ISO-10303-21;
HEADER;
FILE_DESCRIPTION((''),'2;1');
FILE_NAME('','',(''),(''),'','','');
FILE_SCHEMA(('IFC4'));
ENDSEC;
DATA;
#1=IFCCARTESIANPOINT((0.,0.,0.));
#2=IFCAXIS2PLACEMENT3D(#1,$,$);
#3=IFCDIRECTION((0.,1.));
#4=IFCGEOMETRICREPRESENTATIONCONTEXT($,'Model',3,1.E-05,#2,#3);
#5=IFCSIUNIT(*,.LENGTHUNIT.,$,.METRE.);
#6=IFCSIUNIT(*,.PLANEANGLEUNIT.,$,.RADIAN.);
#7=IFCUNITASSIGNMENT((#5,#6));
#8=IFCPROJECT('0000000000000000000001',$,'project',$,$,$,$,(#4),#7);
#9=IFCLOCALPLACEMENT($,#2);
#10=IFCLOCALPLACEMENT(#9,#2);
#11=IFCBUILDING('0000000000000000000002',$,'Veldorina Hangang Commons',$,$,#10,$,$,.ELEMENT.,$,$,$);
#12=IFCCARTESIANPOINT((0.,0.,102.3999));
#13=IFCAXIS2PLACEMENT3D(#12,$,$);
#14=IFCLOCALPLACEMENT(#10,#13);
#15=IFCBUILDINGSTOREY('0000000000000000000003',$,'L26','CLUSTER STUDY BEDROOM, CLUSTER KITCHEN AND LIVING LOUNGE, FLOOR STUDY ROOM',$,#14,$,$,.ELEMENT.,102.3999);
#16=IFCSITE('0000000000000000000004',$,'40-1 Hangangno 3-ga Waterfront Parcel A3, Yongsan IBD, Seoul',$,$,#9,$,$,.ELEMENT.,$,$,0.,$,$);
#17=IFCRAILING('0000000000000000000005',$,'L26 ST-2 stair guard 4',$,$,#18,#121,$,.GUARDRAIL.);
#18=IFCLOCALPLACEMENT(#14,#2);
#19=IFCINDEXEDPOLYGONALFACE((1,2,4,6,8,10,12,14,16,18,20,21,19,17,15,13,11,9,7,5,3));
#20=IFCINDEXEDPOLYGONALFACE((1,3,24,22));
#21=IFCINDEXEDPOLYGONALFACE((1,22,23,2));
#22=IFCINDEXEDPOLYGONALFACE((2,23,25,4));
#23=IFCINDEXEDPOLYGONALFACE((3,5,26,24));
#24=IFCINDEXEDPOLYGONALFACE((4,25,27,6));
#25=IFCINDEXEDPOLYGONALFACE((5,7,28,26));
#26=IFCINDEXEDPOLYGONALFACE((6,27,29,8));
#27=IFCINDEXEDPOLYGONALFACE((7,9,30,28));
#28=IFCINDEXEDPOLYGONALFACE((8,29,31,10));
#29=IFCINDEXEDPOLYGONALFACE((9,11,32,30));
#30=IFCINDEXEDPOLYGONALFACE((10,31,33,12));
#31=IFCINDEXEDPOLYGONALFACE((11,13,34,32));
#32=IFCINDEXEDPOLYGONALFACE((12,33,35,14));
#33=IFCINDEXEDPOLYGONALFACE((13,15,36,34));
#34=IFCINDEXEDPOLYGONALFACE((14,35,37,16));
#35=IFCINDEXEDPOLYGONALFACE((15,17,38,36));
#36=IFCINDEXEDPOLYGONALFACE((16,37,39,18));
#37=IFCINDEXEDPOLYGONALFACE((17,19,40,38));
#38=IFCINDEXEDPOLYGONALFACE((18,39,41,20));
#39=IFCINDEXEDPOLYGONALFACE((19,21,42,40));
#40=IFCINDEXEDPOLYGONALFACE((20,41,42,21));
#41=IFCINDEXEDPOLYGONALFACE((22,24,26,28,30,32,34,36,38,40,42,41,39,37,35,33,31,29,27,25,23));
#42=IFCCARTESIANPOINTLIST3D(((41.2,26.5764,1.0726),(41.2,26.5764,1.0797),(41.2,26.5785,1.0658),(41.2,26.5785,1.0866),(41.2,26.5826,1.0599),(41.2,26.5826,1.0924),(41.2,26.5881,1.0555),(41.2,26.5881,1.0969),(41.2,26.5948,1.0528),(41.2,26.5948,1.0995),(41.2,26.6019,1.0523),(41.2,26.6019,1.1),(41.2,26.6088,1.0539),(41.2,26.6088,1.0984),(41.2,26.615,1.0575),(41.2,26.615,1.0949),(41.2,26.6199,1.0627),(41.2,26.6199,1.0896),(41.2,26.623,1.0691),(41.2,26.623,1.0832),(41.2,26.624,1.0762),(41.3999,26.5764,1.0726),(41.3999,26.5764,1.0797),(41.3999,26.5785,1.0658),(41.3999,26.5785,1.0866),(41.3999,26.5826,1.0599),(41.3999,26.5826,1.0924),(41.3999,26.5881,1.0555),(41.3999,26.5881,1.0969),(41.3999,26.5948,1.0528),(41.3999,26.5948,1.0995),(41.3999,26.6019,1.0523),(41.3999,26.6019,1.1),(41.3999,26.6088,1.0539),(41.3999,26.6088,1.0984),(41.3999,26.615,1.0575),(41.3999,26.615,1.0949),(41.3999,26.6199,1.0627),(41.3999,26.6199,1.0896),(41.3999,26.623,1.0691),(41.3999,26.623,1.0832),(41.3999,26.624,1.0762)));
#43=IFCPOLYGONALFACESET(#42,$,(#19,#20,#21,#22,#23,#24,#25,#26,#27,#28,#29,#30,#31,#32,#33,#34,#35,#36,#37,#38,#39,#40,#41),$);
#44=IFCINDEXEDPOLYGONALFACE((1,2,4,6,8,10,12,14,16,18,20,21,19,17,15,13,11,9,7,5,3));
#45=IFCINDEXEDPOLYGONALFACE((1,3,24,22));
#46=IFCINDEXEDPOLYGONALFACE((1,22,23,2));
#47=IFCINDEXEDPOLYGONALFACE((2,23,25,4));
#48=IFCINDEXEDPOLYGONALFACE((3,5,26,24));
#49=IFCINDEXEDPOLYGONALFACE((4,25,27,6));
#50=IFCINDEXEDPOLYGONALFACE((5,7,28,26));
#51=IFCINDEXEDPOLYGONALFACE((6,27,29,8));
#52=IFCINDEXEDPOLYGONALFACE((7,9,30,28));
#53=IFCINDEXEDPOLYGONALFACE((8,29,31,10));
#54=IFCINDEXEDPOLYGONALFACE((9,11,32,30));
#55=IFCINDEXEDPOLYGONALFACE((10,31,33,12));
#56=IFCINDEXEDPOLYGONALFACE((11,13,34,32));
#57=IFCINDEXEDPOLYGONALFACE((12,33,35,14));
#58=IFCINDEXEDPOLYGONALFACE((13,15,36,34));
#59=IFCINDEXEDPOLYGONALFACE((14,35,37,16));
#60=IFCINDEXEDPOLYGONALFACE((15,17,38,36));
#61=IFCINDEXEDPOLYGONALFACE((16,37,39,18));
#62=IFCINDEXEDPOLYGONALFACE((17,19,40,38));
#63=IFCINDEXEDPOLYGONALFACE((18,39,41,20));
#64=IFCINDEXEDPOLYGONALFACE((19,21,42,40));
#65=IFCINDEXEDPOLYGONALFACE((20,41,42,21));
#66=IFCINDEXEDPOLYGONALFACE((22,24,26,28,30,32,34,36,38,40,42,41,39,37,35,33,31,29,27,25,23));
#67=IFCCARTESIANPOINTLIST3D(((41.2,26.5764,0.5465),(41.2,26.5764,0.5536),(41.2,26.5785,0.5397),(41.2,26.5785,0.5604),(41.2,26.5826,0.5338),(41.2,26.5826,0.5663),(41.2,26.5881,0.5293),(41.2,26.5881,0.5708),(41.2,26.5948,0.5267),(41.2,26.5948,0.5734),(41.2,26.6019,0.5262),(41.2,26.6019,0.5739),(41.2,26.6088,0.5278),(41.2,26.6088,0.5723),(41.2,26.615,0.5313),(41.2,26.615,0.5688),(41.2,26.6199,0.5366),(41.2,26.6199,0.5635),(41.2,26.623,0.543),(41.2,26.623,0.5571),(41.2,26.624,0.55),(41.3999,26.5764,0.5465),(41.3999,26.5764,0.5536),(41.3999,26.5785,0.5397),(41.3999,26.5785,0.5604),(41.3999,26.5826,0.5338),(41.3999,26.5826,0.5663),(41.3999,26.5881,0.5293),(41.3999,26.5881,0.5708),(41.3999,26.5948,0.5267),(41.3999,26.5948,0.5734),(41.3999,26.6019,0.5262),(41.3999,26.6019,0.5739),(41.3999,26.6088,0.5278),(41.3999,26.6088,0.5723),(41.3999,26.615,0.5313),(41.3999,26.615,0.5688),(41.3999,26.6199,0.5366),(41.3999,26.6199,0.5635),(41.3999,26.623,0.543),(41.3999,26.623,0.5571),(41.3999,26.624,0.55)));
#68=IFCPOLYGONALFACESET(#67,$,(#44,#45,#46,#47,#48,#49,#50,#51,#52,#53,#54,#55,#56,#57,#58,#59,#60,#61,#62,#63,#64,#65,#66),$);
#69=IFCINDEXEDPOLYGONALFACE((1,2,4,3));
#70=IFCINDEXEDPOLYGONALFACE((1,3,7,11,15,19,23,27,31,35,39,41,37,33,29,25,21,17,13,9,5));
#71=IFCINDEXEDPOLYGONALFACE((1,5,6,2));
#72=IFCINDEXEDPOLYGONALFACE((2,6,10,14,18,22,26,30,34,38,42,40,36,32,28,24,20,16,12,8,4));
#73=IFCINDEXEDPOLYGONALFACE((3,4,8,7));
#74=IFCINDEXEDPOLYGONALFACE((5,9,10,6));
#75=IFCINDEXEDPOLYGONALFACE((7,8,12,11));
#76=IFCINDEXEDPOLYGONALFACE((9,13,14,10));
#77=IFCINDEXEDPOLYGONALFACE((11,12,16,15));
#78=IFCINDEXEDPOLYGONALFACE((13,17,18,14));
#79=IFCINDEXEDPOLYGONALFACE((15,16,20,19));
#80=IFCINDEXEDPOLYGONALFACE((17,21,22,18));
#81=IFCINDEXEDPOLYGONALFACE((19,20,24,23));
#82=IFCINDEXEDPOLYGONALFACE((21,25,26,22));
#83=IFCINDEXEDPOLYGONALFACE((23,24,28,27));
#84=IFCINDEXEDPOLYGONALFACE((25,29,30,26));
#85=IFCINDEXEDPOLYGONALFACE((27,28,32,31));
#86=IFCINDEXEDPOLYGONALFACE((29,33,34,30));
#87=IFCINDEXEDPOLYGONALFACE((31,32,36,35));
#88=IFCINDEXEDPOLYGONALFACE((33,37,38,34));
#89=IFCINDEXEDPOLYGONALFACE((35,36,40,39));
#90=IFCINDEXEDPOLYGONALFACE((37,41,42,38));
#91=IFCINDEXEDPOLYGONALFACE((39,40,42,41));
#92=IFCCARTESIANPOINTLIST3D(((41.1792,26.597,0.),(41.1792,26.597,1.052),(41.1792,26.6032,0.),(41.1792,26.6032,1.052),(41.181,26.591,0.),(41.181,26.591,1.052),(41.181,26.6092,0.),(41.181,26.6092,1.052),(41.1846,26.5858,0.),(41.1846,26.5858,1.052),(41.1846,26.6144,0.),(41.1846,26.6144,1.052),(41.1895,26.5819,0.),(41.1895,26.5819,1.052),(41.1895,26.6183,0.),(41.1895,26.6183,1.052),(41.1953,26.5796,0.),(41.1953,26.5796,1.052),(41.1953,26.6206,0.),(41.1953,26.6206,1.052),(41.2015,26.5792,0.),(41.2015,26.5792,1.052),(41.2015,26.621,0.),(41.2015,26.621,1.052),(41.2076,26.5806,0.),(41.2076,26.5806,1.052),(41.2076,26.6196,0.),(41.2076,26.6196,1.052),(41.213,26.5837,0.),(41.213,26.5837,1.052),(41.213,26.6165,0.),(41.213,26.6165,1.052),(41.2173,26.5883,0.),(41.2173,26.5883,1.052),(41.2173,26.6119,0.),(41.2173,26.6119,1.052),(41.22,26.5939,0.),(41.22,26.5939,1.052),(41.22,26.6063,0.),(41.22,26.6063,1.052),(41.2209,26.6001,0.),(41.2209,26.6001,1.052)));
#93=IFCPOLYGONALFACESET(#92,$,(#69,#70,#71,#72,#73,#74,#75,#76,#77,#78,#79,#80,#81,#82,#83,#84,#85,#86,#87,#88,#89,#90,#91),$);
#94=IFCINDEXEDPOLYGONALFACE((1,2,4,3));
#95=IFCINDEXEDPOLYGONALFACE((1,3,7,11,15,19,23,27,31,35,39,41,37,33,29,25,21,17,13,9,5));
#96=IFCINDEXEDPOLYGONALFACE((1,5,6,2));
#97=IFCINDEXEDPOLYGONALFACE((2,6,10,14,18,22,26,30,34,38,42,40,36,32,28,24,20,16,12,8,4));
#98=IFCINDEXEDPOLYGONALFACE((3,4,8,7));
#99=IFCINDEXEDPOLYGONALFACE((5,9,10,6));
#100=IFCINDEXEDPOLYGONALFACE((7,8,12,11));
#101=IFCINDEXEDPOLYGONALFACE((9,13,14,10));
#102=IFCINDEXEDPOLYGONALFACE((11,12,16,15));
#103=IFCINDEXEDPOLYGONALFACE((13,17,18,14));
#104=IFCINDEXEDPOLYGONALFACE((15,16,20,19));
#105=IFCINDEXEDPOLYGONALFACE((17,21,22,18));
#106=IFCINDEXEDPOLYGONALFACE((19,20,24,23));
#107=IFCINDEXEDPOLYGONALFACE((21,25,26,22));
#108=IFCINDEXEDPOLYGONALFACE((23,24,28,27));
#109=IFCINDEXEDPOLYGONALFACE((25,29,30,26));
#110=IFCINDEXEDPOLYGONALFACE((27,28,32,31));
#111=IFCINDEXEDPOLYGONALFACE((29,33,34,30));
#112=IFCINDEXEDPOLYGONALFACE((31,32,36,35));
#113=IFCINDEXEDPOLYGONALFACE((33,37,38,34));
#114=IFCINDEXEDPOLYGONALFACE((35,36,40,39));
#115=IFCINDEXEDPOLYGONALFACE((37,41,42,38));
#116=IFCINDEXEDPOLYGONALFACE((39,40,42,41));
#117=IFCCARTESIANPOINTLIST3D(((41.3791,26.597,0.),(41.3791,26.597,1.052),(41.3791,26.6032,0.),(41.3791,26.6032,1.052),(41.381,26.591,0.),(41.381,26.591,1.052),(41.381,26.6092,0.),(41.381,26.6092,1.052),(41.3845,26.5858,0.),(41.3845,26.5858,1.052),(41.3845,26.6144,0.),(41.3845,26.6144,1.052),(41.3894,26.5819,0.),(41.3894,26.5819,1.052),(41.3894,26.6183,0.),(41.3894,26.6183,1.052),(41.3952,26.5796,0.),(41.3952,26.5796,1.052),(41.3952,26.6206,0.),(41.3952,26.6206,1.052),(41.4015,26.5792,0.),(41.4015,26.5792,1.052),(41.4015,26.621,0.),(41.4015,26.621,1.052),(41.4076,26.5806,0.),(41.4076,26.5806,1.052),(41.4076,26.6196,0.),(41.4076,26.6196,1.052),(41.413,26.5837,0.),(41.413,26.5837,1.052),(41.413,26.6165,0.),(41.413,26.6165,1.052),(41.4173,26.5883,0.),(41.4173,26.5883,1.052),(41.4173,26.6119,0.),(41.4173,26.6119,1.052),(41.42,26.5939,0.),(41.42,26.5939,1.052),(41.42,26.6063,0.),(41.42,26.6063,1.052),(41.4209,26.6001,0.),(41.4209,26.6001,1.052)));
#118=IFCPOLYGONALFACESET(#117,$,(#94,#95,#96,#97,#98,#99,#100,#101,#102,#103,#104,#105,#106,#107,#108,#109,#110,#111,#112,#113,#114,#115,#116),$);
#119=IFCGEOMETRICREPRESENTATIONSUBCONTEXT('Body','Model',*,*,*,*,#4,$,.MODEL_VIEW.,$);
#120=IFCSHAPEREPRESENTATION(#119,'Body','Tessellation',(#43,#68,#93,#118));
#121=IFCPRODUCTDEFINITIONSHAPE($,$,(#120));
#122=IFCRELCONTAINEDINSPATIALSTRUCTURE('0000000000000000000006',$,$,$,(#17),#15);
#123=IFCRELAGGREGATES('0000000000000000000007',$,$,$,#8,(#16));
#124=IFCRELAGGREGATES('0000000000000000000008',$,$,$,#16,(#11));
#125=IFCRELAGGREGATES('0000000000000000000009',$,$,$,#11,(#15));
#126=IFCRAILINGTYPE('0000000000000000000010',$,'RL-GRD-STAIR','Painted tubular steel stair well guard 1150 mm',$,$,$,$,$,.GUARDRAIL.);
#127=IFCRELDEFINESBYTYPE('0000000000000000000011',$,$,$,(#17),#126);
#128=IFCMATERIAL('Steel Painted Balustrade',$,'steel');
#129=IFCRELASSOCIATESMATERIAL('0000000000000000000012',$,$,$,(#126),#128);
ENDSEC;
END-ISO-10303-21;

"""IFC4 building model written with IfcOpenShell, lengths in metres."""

from ifc_helpers import new_model, si_unit, direction, frame, origin, origin_2d, place, context, subcontext, project, spatial, circle, extrude, material, type_object, element, save


model = new_model("IFC4")

# Units and contexts
model_context = context("Model", 3, precision=1e-05, world=origin(), true_north=direction((0.0, 1.0)))
body_context = subcontext(model_context, "Body", "Model", "MODEL_VIEW")
ifc_project = project(units=[si_unit("LENGTHUNIT", "METRE"), si_unit("PLANEANGLEUNIT", "RADIAN")], contexts=[model_context])

# Site, building, storey
site_placement = place(None, origin())
site = spatial("IfcSite", under=ifc_project, at=site_placement, Name="40-1 Hangangno 3-ga Waterfront Parcel A3, Yongsan IBD, Seoul", CompositionType="ELEMENT", RefElevation=0.0)
building_placement = place(site_placement, origin())
building = spatial("IfcBuilding", under=site, at=building_placement, Name="Veldorina Hangang Commons", CompositionType="ELEMENT")
storey_placement = place(building_placement, frame((0.0, 0.0, 102.3999)))
storey = spatial("IfcBuildingStorey", under=building, at=storey_placement, Name="L26", Description="CLUSTER STUDY BEDROOM, CLUSTER KITCHEN AND LIVING LOUNGE, FLOOR STUDY ROOM", CompositionType="ELEMENT", Elevation=102.3999)

# Railing
ifc_material_1 = material(Name="Steel Painted Balustrade", Category="steel")
railing_type_1 = type_object("IfcRailingType", Name="RL-GRD-STAIR", Description="Painted tubular steel stair well guard 1150 mm", PredefinedType="GUARDRAIL", material=ifc_material_1)
railing_1_placement = place(storey_placement, frame((41.2, 26.6001, 0.0)))
element("IfcRailing", 1, at=railing_1_placement, inside=storey, type_object=railing_type_1, Name="L26 ST-2 stair guard 4", PredefinedType="GUARDRAIL", context=body_context, shape_type="SweptSolid", body=[
    extrude(circle(Radius=0.0239, at=origin_2d()), frame((0.0, 0.0, 1.0762), z_axis=(1.0, 0.0, 0.0), x_axis=(0.0, 1.0, 0.0)), (0.0, 0.0, 1.0), 0.2),
    extrude(circle(Radius=0.0239, at=origin_2d()), frame((0.0, 0.0, 0.55), z_axis=(1.0, 0.0, 0.0), x_axis=(0.0, 1.0, 0.0)), (0.0, 0.0, 1.0), 0.2),
    extrude(circle(Radius=0.021, at=origin_2d()), origin(), (0.0, 0.0, 1.0), 1.052),
    extrude(circle(Radius=0.021, at=origin_2d()), frame((0.2, 0.0, 0.0)), (0.0, 0.0, 1.0), 1.052),
])

save(model, "model.ifc")
